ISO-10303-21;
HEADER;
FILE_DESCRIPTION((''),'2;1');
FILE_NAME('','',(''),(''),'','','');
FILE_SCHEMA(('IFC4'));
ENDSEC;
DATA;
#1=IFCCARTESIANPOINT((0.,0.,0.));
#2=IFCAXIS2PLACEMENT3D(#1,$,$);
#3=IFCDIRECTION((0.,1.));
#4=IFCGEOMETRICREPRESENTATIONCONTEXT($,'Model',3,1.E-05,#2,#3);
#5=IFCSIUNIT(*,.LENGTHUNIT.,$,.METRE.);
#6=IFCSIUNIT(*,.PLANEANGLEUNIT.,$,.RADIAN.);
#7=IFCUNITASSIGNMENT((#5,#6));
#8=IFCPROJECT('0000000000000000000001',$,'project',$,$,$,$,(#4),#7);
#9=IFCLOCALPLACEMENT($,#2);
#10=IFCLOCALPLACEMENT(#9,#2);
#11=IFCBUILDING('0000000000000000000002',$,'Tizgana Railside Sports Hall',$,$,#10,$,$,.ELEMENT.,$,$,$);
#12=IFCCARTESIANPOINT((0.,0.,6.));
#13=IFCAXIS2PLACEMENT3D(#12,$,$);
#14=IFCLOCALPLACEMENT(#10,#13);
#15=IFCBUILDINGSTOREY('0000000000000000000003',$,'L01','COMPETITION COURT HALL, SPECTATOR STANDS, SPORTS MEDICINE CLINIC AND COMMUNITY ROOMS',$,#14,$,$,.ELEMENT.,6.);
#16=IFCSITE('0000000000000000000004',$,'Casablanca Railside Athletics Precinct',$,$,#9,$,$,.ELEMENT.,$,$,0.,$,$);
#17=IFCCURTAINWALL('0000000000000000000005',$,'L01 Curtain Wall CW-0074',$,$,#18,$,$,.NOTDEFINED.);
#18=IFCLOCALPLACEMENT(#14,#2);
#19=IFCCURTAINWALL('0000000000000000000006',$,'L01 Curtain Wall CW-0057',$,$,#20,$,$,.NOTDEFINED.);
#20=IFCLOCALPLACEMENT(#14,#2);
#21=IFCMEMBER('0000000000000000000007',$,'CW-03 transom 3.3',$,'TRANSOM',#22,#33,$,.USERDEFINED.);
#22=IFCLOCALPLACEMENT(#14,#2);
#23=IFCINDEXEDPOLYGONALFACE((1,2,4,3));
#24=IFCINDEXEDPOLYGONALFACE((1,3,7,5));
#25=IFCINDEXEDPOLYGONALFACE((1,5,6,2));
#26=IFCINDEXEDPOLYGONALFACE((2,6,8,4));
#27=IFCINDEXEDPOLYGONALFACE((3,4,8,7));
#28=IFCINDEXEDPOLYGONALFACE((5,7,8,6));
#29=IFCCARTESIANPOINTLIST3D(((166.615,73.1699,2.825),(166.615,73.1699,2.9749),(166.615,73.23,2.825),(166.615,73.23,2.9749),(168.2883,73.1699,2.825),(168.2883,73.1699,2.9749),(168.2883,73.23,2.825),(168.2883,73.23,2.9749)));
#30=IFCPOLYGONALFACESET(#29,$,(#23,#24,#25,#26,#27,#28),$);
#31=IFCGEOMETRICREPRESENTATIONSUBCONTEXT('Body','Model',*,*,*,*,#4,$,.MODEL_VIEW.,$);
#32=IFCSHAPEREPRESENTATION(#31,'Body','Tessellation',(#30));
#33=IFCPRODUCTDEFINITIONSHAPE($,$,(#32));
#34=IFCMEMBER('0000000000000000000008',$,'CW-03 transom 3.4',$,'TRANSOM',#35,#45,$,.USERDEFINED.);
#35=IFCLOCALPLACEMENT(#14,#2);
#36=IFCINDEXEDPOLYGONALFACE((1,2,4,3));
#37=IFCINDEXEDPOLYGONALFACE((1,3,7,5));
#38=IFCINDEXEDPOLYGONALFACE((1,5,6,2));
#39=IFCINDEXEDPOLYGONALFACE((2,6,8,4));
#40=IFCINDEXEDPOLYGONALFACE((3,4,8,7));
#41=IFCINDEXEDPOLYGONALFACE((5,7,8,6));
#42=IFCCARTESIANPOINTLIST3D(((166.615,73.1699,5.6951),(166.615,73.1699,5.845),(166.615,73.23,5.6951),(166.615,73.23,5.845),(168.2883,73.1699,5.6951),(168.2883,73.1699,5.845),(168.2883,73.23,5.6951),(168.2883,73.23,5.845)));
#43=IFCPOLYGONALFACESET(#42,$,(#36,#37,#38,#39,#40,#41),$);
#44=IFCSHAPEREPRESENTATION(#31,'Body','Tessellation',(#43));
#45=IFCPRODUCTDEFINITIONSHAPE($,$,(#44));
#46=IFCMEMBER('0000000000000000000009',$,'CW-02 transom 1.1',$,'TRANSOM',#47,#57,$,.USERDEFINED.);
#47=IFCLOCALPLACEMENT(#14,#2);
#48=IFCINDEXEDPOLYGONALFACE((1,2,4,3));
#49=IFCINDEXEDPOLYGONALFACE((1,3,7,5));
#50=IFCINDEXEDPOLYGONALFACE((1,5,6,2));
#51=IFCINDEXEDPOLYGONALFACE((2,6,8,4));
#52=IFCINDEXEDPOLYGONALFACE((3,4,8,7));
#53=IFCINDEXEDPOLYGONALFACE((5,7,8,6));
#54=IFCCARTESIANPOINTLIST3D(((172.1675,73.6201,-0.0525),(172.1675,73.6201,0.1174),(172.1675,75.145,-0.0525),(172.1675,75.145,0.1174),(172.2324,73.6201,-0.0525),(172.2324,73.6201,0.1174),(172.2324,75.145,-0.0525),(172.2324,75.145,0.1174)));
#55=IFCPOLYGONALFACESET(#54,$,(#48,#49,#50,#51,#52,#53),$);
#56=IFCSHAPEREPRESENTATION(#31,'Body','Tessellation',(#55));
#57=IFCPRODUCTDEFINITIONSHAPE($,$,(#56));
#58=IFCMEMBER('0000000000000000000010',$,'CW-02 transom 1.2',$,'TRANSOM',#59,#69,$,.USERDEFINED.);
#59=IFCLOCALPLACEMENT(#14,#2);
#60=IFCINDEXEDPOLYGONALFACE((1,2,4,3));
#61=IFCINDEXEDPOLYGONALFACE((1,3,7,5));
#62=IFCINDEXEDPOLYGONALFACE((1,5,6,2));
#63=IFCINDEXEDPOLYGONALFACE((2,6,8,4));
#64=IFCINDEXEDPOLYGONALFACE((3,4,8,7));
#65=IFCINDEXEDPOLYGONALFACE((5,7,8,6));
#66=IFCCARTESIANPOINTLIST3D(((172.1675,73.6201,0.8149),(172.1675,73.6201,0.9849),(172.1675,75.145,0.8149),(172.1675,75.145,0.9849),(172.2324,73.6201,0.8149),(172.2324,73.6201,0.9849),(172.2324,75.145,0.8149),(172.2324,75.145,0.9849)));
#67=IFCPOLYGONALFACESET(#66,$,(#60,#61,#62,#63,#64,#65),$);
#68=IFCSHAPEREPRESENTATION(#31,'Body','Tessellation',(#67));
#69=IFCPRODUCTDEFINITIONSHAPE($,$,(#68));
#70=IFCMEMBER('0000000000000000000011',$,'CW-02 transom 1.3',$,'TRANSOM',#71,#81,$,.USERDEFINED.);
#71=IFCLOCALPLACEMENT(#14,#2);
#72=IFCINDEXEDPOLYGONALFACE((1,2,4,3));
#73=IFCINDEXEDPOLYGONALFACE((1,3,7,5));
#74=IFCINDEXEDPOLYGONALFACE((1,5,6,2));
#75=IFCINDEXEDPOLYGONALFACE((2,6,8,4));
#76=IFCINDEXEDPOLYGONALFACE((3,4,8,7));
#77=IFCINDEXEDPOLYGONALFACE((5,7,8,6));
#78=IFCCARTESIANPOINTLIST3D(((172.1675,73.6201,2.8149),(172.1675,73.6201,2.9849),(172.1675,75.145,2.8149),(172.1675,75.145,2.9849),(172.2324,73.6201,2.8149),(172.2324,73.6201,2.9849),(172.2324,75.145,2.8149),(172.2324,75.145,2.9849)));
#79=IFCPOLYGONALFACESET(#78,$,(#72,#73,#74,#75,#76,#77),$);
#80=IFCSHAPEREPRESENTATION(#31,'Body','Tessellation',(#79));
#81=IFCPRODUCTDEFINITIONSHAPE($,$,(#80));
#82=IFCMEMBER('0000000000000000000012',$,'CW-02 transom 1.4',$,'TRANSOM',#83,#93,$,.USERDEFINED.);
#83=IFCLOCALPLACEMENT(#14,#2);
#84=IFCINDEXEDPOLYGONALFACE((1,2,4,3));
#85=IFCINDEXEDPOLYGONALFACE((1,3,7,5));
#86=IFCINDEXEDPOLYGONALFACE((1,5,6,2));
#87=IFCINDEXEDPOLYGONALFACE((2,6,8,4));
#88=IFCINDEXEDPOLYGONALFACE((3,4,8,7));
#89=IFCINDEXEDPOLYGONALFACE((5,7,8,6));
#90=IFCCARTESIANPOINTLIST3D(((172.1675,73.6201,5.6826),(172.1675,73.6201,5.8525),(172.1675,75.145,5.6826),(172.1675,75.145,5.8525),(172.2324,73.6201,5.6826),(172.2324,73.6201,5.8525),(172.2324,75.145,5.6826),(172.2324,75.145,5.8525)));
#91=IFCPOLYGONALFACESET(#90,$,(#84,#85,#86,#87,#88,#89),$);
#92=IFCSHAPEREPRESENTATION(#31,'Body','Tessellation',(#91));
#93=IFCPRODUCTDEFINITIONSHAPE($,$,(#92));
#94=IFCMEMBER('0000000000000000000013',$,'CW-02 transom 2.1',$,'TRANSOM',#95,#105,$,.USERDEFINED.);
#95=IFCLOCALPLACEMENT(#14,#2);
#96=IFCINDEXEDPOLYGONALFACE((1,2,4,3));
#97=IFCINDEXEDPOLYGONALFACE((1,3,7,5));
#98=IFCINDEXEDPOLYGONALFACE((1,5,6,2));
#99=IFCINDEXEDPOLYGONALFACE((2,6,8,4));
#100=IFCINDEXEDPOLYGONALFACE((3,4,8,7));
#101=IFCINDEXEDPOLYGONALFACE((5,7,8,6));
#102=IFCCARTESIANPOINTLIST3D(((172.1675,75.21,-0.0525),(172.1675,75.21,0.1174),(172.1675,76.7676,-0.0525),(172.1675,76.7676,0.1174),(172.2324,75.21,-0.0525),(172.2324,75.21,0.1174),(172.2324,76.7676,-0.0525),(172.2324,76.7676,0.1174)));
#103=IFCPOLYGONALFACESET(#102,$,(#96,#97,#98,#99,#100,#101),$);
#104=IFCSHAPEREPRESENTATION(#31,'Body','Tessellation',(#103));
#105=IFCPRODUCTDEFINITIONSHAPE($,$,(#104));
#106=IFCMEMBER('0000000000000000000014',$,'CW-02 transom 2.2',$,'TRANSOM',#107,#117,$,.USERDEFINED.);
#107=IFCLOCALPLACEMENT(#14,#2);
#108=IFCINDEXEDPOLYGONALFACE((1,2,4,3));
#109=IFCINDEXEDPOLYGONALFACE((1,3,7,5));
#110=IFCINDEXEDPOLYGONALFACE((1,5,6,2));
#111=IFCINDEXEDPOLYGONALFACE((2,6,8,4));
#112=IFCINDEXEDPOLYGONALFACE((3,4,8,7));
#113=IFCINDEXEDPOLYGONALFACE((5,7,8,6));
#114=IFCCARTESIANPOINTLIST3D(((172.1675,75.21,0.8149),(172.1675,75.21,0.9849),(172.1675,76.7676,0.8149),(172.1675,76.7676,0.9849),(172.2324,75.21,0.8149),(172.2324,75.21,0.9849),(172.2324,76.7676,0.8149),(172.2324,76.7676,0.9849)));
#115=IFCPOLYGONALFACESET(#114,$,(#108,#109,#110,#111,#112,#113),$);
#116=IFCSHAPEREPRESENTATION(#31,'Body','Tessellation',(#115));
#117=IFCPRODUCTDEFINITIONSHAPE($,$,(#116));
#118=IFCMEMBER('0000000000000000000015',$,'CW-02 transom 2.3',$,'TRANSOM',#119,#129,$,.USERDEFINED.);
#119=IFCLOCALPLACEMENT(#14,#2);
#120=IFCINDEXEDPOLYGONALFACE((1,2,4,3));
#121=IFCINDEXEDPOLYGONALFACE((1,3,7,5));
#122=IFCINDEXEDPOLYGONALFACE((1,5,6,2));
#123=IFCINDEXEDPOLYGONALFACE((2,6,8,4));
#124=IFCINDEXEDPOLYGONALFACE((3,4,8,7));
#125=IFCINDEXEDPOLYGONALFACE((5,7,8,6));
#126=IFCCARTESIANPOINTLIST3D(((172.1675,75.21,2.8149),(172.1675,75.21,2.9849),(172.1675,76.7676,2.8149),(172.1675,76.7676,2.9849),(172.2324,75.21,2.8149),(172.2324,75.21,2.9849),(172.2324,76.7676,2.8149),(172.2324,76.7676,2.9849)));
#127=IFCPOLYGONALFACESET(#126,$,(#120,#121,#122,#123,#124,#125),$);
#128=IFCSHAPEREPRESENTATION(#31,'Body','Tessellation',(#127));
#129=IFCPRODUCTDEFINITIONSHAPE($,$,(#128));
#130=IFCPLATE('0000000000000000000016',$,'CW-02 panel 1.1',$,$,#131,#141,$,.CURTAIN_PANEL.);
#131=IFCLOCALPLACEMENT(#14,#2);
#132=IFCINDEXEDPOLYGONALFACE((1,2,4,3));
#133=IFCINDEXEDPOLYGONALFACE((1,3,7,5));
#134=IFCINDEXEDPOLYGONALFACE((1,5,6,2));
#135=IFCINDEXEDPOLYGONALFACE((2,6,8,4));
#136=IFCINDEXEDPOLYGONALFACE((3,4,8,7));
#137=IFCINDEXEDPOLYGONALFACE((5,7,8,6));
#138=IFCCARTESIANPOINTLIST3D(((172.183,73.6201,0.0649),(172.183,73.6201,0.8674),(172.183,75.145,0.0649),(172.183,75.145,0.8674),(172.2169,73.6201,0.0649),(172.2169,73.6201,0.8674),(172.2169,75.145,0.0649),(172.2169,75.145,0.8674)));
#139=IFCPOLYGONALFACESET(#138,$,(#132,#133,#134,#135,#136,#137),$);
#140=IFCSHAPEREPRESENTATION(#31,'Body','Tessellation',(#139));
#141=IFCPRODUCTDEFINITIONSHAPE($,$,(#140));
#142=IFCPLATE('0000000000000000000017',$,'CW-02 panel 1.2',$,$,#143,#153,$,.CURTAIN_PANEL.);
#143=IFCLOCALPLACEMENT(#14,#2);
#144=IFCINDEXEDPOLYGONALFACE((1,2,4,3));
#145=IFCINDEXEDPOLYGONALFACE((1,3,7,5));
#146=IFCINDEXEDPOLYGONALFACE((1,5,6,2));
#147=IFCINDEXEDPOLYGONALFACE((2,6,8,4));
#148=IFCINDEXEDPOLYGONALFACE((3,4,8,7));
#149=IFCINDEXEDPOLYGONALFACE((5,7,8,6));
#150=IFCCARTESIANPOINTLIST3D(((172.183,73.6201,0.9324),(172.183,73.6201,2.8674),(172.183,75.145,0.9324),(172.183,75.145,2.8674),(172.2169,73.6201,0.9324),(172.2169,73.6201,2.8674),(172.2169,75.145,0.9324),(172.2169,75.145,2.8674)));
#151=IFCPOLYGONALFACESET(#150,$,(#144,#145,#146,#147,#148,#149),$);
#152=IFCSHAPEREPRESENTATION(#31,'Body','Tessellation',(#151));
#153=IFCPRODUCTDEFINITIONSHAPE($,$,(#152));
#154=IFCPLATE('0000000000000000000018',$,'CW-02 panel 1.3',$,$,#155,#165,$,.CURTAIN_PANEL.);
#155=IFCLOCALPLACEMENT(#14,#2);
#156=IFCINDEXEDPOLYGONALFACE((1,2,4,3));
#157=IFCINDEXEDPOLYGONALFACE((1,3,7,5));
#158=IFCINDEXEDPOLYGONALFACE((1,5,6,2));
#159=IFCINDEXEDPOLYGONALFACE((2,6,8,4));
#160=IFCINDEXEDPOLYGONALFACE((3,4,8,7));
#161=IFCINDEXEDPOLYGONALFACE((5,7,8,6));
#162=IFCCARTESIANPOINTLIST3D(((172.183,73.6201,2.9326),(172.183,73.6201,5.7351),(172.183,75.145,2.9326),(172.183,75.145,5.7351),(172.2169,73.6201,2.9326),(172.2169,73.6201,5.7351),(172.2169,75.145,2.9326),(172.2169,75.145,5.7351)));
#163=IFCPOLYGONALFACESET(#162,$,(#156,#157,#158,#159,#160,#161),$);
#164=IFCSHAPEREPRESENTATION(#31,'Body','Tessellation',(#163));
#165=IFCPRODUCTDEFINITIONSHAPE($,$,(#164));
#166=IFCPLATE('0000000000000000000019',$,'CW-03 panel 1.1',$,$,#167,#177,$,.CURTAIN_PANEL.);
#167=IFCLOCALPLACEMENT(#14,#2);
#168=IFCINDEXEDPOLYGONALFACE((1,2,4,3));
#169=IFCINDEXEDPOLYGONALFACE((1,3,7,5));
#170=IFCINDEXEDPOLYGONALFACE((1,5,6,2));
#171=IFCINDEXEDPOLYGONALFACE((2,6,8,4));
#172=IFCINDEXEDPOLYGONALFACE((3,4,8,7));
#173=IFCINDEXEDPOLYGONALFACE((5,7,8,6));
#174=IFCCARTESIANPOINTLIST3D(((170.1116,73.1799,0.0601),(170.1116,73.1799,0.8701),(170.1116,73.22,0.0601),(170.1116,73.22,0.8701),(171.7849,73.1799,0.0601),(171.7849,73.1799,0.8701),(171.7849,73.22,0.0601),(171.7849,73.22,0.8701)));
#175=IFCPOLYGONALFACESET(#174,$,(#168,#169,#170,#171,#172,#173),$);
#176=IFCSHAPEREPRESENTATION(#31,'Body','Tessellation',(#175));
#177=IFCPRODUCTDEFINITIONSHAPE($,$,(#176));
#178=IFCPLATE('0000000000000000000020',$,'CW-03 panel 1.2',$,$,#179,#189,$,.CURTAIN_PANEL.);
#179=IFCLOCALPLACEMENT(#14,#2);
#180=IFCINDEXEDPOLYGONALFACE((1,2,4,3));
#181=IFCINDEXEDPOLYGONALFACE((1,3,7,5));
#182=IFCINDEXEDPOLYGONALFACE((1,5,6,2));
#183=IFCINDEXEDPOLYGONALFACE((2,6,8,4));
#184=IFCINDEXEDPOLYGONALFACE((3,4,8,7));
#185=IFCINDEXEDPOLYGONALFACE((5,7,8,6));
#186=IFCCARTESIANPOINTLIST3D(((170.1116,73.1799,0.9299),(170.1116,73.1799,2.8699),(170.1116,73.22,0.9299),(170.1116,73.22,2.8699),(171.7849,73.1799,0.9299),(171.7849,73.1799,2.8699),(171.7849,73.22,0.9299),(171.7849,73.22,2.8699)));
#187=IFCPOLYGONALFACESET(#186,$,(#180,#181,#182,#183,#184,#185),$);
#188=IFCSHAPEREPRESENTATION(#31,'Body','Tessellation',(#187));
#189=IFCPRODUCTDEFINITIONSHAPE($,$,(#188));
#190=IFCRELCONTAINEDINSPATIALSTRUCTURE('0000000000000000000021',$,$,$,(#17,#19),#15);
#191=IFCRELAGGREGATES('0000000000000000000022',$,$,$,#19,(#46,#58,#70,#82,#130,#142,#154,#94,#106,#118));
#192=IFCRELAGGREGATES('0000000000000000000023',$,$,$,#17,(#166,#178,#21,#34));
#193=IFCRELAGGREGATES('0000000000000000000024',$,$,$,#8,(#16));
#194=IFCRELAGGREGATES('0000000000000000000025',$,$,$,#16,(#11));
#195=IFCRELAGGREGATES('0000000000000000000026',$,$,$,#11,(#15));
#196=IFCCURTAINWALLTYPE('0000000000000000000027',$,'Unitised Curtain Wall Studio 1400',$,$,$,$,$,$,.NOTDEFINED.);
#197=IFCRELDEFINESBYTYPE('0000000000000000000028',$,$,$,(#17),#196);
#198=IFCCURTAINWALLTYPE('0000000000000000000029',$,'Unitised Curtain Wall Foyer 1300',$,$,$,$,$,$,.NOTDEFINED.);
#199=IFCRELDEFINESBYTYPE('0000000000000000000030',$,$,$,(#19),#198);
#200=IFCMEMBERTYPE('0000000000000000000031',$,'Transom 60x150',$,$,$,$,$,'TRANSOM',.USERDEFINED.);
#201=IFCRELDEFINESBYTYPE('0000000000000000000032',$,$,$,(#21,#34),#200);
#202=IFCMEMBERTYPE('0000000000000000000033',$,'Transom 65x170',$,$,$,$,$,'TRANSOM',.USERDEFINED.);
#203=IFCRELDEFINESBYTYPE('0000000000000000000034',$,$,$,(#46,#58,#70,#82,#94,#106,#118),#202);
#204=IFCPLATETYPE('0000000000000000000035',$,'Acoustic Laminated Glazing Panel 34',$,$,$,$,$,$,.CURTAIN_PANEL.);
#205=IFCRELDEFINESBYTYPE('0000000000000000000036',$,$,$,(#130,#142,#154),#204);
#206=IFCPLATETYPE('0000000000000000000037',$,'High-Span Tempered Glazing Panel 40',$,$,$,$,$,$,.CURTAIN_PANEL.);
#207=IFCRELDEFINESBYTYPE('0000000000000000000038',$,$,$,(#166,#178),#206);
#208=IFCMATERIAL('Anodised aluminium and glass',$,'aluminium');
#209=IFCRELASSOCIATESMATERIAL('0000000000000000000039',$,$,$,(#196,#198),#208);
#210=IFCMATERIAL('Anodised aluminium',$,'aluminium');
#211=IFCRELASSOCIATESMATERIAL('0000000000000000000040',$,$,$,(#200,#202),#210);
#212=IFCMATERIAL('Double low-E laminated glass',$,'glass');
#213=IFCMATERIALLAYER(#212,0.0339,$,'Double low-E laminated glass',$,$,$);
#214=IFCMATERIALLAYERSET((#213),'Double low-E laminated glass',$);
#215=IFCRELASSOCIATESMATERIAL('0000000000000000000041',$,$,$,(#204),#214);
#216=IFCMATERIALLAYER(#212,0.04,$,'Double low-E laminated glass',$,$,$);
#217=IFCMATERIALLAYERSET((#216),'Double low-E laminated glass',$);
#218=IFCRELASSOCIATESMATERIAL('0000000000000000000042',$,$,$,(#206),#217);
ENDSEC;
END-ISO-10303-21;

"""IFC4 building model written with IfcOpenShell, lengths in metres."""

from ifc_helpers import new_model, si_unit, direction, frame, origin, origin_2d, place, context, subcontext, project, spatial, rectangle, extrude, material, layer, layer_set, material_profile, profile_set, type_object, element, aggregate, save


model = new_model("IFC4")

# Units and contexts
model_context = context("Model", 3, precision=1e-05, world=origin(), true_north=direction((0.0, 1.0)))
body_context = subcontext(model_context, "Body", "Model", "MODEL_VIEW")
ifc_project = project(units=[si_unit("LENGTHUNIT", "METRE"), si_unit("PLANEANGLEUNIT", "RADIAN")], contexts=[model_context])

# Site, building, storey
site_placement = place(None, origin())
site = spatial("IfcSite", under=ifc_project, at=site_placement, Name="Casablanca Railside Athletics Precinct", CompositionType="ELEMENT", RefElevation=0.0)
building_placement = place(site_placement, origin())
building = spatial("IfcBuilding", under=site, at=building_placement, Name="Tizgana Railside Sports Hall", CompositionType="ELEMENT")
storey_placement = place(building_placement, frame((0.0, 0.0, 6.0)))
storey = spatial("IfcBuildingStorey", under=building, at=storey_placement, Name="L01", Description="COMPETITION COURT HALL, SPECTATOR STANDS, SPORTS MEDICINE CLINIC AND COMMUNITY ROOMS", CompositionType="ELEMENT", Elevation=6.0)

# Curtain walls
ifc_material_1 = material(Name="Anodised aluminium and glass", Category="aluminium")
curtain_wall_type_1 = type_object("IfcCurtainWallType", Name="Unitised Curtain Wall Studio 1400", PredefinedType="NOTDEFINED", material=ifc_material_1)
curtain_wall_1_placement = place(storey_placement, origin())
curtain_wall_1 = element("IfcCurtainWall", 1, at=curtain_wall_1_placement, inside=storey, type_object=curtain_wall_type_1, Name="L01 Curtain Wall CW-0074", PredefinedType="NOTDEFINED")
ifc_material_2 = material(Name="Anodised aluminium", Category="aluminium")
curtain_wall_type_2 = type_object("IfcCurtainWallType", Name="Unitised Curtain Wall Foyer 1300", PredefinedType="NOTDEFINED", material=ifc_material_1)
curtain_wall_2_placement = place(storey_placement, origin())
curtain_wall_2 = element("IfcCurtainWall", 2, at=curtain_wall_2_placement, inside=storey, type_object=curtain_wall_type_2, Name="L01 Curtain Wall CW-0057", PredefinedType="NOTDEFINED")

# Members
ifc_material_profile_1 = material_profile(ifc_material_2, rectangle(XDim=0.0601, YDim=0.1499, at=origin_2d()), Name="Transom 60x150")
ifc_profile_set_1 = profile_set([ifc_material_profile_1], Name="Anodised aluminium")
member_type_1 = type_object("IfcMemberType", Name="Transom 60x150", ElementType="TRANSOM", PredefinedType="USERDEFINED", material=ifc_profile_set_1)
member_1_placement = place(storey_placement, frame((168.2883, 73.2, 2.8999), z_axis=(-1.0, 0.0, 0.0), x_axis=(0.0, -1.0, 0.0)))
member_1 = element("IfcMember", 3, at=member_1_placement, type_object=member_type_1, Name="CW-03 transom 3.3", ObjectType="TRANSOM", PredefinedType="USERDEFINED", context=body_context, shape_type="SweptSolid", body=[
    extrude(rectangle(XDim=0.0601, YDim=0.1499, at=origin_2d()), origin(), (0.0, 0.0, 1.0), 1.6733),
])
member_2_placement = place(storey_placement, frame((168.2883, 73.2, 5.77), z_axis=(-1.0, 0.0, 0.0), x_axis=(0.0, -1.0, 0.0)))
member_2 = element("IfcMember", 4, at=member_2_placement, type_object=member_type_1, Name="CW-03 transom 3.4", ObjectType="TRANSOM", PredefinedType="USERDEFINED", context=body_context, shape_type="SweptSolid", body=[
    extrude(rectangle(XDim=0.0601, YDim=0.1499, at=origin_2d()), origin(), (0.0, 0.0, 1.0), 1.6733),
])
ifc_material_profile_2 = material_profile(ifc_material_2, rectangle(XDim=0.0649, YDim=0.1699, at=origin_2d()), Name="Transom 65x170")
ifc_profile_set_2 = profile_set([ifc_material_profile_2], Name="Anodised aluminium")
member_type_2 = type_object("IfcMemberType", Name="Transom 65x170", ElementType="TRANSOM", PredefinedType="USERDEFINED", material=ifc_profile_set_2)
member_3_placement = place(storey_placement, frame((172.2, 73.6201, 0.0325), z_axis=(0.0, 1.0, 0.0), x_axis=(-1.0, 0.0, 0.0)))
member_3 = element("IfcMember", 5, at=member_3_placement, type_object=member_type_2, Name="CW-02 transom 1.1", ObjectType="TRANSOM", PredefinedType="USERDEFINED", context=body_context, shape_type="SweptSolid", body=[
    extrude(rectangle(XDim=0.0649, YDim=0.1699, at=origin_2d()), origin(), (0.0, 0.0, 1.0), 1.5249),
])
member_4_placement = place(storey_placement, frame((172.2, 73.6201, 0.8999), z_axis=(0.0, 1.0, 0.0), x_axis=(-1.0, 0.0, 0.0)))
member_4 = element("IfcMember", 6, at=member_4_placement, type_object=member_type_2, Name="CW-02 transom 1.2", ObjectType="TRANSOM", PredefinedType="USERDEFINED", context=body_context, shape_type="SweptSolid", body=[
    extrude(rectangle(XDim=0.0649, YDim=0.1699, at=origin_2d()), origin(), (0.0, 0.0, 1.0), 1.5249),
])
member_5_placement = place(storey_placement, frame((172.2, 73.6201, 2.8999), z_axis=(0.0, 1.0, 0.0), x_axis=(-1.0, 0.0, 0.0)))
member_5 = element("IfcMember", 7, at=member_5_placement, type_object=member_type_2, Name="CW-02 transom 1.3", ObjectType="TRANSOM", PredefinedType="USERDEFINED", context=body_context, shape_type="SweptSolid", body=[
    extrude(rectangle(XDim=0.0649, YDim=0.1699, at=origin_2d()), origin(), (0.0, 0.0, 1.0), 1.5249),
])
member_6_placement = place(storey_placement, frame((172.2, 73.6201, 5.7676), z_axis=(0.0, 1.0, 0.0), x_axis=(-1.0, 0.0, 0.0)))
member_6 = element("IfcMember", 8, at=member_6_placement, type_object=member_type_2, Name="CW-02 transom 1.4", ObjectType="TRANSOM", PredefinedType="USERDEFINED", context=body_context, shape_type="SweptSolid", body=[
    extrude(rectangle(XDim=0.0649, YDim=0.1699, at=origin_2d()), origin(), (0.0, 0.0, 1.0), 1.5249),
])
member_7_placement = place(storey_placement, frame((172.2, 75.21, 0.0325), z_axis=(0.0, 1.0, 0.0), x_axis=(-1.0, 0.0, 0.0)))
member_7 = element("IfcMember", 9, at=member_7_placement, type_object=member_type_2, Name="CW-02 transom 2.1", ObjectType="TRANSOM", PredefinedType="USERDEFINED", context=body_context, shape_type="SweptSolid", body=[
    extrude(rectangle(XDim=0.0649, YDim=0.1699, at=origin_2d()), origin(), (0.0, 0.0, 1.0), 1.5576),
])
member_8_placement = place(storey_placement, frame((172.2, 75.21, 0.8999), z_axis=(0.0, 1.0, 0.0), x_axis=(-1.0, 0.0, 0.0)))
member_8 = element("IfcMember", 10, at=member_8_placement, type_object=member_type_2, Name="CW-02 transom 2.2", ObjectType="TRANSOM", PredefinedType="USERDEFINED", context=body_context, shape_type="SweptSolid", body=[
    extrude(rectangle(XDim=0.0649, YDim=0.1699, at=origin_2d()), origin(), (0.0, 0.0, 1.0), 1.5576),
])
member_9_placement = place(storey_placement, frame((172.2, 75.21, 2.8999), z_axis=(0.0, 1.0, 0.0), x_axis=(-1.0, 0.0, 0.0)))
member_9 = element("IfcMember", 11, at=member_9_placement, type_object=member_type_2, Name="CW-02 transom 2.3", ObjectType="TRANSOM", PredefinedType="USERDEFINED", context=body_context, shape_type="SweptSolid", body=[
    extrude(rectangle(XDim=0.0649, YDim=0.1699, at=origin_2d()), origin(), (0.0, 0.0, 1.0), 1.5576),
])

# Plates
ifc_material_3 = material(Name="Double low-E laminated glass", Category="glass")
ifc_layer_1 = layer(ifc_material_3, 0.0339, Name="Double low-E laminated glass")
ifc_layer_set_1 = layer_set([ifc_layer_1], Name="Double low-E laminated glass")
plate_type_1 = type_object("IfcPlateType", Name="Acoustic Laminated Glazing Panel 34", PredefinedType="CURTAIN_PANEL", material=ifc_layer_set_1)
plate_1_placement = place(storey_placement, frame((172.2, 74.3826, 0.0649), z_axis=(0.0, 0.0, 1.0), x_axis=(0.0, 1.0, 0.0)))
plate_1 = element("IfcPlate", 12, at=plate_1_placement, type_object=plate_type_1, Name="CW-02 panel 1.1", PredefinedType="CURTAIN_PANEL", context=body_context, shape_type="SweptSolid", body=[
    extrude(rectangle(XDim=1.5249, YDim=0.0339, at=origin_2d()), origin(), (0.0, 0.0, 1.0), 0.8025),
])
plate_2_placement = place(storey_placement, frame((172.2, 74.3826, 0.9324), z_axis=(0.0, 0.0, 1.0), x_axis=(0.0, 1.0, 0.0)))
plate_2 = element("IfcPlate", 13, at=plate_2_placement, type_object=plate_type_1, Name="CW-02 panel 1.2", PredefinedType="CURTAIN_PANEL", context=body_context, shape_type="SweptSolid", body=[
    extrude(rectangle(XDim=1.5249, YDim=0.0339, at=origin_2d()), origin(), (0.0, 0.0, 1.0), 1.9351),
])
plate_3_placement = place(storey_placement, frame((172.2, 74.3826, 2.9326), z_axis=(0.0, 0.0, 1.0), x_axis=(0.0, 1.0, 0.0)))
plate_3 = element("IfcPlate", 14, at=plate_3_placement, type_object=plate_type_1, Name="CW-02 panel 1.3", PredefinedType="CURTAIN_PANEL", context=body_context, shape_type="SweptSolid", body=[
    extrude(rectangle(XDim=1.5249, YDim=0.0339, at=origin_2d()), origin(), (0.0, 0.0, 1.0), 2.8025),
])
aggregate(curtain_wall_2, [member_3, member_4, member_5, member_6, plate_1, plate_2, plate_3, member_7, member_8, member_9])
ifc_layer_2 = layer(ifc_material_3, 0.04, Name="Double low-E laminated glass")
ifc_layer_set_2 = layer_set([ifc_layer_2], Name="Double low-E laminated glass")
plate_type_2 = type_object("IfcPlateType", Name="High-Span Tempered Glazing Panel 40", PredefinedType="CURTAIN_PANEL", material=ifc_layer_set_2)
plate_4_placement = place(storey_placement, frame((170.9482, 73.2, 0.0601), z_axis=(0.0, 0.0, 1.0), x_axis=(-1.0, 0.0, 0.0)))
plate_4 = element("IfcPlate", 15, at=plate_4_placement, type_object=plate_type_2, Name="CW-03 panel 1.1", PredefinedType="CURTAIN_PANEL", context=body_context, shape_type="SweptSolid", body=[
    extrude(rectangle(XDim=1.6733, YDim=0.04, at=origin_2d()), origin(), (0.0, 0.0, 1.0), 0.8101),
])
plate_5_placement = place(storey_placement, frame((170.9482, 73.2, 0.9299), z_axis=(0.0, 0.0, 1.0), x_axis=(-1.0, 0.0, 0.0)))
plate_5 = element("IfcPlate", 16, at=plate_5_placement, type_object=plate_type_2, Name="CW-03 panel 1.2", PredefinedType="CURTAIN_PANEL", context=body_context, shape_type="SweptSolid", body=[
    extrude(rectangle(XDim=1.6733, YDim=0.04, at=origin_2d()), origin(), (0.0, 0.0, 1.0), 1.9399),
])
aggregate(curtain_wall_1, [plate_4, plate_5, member_1, member_2])

save(model, "model.ifc")
